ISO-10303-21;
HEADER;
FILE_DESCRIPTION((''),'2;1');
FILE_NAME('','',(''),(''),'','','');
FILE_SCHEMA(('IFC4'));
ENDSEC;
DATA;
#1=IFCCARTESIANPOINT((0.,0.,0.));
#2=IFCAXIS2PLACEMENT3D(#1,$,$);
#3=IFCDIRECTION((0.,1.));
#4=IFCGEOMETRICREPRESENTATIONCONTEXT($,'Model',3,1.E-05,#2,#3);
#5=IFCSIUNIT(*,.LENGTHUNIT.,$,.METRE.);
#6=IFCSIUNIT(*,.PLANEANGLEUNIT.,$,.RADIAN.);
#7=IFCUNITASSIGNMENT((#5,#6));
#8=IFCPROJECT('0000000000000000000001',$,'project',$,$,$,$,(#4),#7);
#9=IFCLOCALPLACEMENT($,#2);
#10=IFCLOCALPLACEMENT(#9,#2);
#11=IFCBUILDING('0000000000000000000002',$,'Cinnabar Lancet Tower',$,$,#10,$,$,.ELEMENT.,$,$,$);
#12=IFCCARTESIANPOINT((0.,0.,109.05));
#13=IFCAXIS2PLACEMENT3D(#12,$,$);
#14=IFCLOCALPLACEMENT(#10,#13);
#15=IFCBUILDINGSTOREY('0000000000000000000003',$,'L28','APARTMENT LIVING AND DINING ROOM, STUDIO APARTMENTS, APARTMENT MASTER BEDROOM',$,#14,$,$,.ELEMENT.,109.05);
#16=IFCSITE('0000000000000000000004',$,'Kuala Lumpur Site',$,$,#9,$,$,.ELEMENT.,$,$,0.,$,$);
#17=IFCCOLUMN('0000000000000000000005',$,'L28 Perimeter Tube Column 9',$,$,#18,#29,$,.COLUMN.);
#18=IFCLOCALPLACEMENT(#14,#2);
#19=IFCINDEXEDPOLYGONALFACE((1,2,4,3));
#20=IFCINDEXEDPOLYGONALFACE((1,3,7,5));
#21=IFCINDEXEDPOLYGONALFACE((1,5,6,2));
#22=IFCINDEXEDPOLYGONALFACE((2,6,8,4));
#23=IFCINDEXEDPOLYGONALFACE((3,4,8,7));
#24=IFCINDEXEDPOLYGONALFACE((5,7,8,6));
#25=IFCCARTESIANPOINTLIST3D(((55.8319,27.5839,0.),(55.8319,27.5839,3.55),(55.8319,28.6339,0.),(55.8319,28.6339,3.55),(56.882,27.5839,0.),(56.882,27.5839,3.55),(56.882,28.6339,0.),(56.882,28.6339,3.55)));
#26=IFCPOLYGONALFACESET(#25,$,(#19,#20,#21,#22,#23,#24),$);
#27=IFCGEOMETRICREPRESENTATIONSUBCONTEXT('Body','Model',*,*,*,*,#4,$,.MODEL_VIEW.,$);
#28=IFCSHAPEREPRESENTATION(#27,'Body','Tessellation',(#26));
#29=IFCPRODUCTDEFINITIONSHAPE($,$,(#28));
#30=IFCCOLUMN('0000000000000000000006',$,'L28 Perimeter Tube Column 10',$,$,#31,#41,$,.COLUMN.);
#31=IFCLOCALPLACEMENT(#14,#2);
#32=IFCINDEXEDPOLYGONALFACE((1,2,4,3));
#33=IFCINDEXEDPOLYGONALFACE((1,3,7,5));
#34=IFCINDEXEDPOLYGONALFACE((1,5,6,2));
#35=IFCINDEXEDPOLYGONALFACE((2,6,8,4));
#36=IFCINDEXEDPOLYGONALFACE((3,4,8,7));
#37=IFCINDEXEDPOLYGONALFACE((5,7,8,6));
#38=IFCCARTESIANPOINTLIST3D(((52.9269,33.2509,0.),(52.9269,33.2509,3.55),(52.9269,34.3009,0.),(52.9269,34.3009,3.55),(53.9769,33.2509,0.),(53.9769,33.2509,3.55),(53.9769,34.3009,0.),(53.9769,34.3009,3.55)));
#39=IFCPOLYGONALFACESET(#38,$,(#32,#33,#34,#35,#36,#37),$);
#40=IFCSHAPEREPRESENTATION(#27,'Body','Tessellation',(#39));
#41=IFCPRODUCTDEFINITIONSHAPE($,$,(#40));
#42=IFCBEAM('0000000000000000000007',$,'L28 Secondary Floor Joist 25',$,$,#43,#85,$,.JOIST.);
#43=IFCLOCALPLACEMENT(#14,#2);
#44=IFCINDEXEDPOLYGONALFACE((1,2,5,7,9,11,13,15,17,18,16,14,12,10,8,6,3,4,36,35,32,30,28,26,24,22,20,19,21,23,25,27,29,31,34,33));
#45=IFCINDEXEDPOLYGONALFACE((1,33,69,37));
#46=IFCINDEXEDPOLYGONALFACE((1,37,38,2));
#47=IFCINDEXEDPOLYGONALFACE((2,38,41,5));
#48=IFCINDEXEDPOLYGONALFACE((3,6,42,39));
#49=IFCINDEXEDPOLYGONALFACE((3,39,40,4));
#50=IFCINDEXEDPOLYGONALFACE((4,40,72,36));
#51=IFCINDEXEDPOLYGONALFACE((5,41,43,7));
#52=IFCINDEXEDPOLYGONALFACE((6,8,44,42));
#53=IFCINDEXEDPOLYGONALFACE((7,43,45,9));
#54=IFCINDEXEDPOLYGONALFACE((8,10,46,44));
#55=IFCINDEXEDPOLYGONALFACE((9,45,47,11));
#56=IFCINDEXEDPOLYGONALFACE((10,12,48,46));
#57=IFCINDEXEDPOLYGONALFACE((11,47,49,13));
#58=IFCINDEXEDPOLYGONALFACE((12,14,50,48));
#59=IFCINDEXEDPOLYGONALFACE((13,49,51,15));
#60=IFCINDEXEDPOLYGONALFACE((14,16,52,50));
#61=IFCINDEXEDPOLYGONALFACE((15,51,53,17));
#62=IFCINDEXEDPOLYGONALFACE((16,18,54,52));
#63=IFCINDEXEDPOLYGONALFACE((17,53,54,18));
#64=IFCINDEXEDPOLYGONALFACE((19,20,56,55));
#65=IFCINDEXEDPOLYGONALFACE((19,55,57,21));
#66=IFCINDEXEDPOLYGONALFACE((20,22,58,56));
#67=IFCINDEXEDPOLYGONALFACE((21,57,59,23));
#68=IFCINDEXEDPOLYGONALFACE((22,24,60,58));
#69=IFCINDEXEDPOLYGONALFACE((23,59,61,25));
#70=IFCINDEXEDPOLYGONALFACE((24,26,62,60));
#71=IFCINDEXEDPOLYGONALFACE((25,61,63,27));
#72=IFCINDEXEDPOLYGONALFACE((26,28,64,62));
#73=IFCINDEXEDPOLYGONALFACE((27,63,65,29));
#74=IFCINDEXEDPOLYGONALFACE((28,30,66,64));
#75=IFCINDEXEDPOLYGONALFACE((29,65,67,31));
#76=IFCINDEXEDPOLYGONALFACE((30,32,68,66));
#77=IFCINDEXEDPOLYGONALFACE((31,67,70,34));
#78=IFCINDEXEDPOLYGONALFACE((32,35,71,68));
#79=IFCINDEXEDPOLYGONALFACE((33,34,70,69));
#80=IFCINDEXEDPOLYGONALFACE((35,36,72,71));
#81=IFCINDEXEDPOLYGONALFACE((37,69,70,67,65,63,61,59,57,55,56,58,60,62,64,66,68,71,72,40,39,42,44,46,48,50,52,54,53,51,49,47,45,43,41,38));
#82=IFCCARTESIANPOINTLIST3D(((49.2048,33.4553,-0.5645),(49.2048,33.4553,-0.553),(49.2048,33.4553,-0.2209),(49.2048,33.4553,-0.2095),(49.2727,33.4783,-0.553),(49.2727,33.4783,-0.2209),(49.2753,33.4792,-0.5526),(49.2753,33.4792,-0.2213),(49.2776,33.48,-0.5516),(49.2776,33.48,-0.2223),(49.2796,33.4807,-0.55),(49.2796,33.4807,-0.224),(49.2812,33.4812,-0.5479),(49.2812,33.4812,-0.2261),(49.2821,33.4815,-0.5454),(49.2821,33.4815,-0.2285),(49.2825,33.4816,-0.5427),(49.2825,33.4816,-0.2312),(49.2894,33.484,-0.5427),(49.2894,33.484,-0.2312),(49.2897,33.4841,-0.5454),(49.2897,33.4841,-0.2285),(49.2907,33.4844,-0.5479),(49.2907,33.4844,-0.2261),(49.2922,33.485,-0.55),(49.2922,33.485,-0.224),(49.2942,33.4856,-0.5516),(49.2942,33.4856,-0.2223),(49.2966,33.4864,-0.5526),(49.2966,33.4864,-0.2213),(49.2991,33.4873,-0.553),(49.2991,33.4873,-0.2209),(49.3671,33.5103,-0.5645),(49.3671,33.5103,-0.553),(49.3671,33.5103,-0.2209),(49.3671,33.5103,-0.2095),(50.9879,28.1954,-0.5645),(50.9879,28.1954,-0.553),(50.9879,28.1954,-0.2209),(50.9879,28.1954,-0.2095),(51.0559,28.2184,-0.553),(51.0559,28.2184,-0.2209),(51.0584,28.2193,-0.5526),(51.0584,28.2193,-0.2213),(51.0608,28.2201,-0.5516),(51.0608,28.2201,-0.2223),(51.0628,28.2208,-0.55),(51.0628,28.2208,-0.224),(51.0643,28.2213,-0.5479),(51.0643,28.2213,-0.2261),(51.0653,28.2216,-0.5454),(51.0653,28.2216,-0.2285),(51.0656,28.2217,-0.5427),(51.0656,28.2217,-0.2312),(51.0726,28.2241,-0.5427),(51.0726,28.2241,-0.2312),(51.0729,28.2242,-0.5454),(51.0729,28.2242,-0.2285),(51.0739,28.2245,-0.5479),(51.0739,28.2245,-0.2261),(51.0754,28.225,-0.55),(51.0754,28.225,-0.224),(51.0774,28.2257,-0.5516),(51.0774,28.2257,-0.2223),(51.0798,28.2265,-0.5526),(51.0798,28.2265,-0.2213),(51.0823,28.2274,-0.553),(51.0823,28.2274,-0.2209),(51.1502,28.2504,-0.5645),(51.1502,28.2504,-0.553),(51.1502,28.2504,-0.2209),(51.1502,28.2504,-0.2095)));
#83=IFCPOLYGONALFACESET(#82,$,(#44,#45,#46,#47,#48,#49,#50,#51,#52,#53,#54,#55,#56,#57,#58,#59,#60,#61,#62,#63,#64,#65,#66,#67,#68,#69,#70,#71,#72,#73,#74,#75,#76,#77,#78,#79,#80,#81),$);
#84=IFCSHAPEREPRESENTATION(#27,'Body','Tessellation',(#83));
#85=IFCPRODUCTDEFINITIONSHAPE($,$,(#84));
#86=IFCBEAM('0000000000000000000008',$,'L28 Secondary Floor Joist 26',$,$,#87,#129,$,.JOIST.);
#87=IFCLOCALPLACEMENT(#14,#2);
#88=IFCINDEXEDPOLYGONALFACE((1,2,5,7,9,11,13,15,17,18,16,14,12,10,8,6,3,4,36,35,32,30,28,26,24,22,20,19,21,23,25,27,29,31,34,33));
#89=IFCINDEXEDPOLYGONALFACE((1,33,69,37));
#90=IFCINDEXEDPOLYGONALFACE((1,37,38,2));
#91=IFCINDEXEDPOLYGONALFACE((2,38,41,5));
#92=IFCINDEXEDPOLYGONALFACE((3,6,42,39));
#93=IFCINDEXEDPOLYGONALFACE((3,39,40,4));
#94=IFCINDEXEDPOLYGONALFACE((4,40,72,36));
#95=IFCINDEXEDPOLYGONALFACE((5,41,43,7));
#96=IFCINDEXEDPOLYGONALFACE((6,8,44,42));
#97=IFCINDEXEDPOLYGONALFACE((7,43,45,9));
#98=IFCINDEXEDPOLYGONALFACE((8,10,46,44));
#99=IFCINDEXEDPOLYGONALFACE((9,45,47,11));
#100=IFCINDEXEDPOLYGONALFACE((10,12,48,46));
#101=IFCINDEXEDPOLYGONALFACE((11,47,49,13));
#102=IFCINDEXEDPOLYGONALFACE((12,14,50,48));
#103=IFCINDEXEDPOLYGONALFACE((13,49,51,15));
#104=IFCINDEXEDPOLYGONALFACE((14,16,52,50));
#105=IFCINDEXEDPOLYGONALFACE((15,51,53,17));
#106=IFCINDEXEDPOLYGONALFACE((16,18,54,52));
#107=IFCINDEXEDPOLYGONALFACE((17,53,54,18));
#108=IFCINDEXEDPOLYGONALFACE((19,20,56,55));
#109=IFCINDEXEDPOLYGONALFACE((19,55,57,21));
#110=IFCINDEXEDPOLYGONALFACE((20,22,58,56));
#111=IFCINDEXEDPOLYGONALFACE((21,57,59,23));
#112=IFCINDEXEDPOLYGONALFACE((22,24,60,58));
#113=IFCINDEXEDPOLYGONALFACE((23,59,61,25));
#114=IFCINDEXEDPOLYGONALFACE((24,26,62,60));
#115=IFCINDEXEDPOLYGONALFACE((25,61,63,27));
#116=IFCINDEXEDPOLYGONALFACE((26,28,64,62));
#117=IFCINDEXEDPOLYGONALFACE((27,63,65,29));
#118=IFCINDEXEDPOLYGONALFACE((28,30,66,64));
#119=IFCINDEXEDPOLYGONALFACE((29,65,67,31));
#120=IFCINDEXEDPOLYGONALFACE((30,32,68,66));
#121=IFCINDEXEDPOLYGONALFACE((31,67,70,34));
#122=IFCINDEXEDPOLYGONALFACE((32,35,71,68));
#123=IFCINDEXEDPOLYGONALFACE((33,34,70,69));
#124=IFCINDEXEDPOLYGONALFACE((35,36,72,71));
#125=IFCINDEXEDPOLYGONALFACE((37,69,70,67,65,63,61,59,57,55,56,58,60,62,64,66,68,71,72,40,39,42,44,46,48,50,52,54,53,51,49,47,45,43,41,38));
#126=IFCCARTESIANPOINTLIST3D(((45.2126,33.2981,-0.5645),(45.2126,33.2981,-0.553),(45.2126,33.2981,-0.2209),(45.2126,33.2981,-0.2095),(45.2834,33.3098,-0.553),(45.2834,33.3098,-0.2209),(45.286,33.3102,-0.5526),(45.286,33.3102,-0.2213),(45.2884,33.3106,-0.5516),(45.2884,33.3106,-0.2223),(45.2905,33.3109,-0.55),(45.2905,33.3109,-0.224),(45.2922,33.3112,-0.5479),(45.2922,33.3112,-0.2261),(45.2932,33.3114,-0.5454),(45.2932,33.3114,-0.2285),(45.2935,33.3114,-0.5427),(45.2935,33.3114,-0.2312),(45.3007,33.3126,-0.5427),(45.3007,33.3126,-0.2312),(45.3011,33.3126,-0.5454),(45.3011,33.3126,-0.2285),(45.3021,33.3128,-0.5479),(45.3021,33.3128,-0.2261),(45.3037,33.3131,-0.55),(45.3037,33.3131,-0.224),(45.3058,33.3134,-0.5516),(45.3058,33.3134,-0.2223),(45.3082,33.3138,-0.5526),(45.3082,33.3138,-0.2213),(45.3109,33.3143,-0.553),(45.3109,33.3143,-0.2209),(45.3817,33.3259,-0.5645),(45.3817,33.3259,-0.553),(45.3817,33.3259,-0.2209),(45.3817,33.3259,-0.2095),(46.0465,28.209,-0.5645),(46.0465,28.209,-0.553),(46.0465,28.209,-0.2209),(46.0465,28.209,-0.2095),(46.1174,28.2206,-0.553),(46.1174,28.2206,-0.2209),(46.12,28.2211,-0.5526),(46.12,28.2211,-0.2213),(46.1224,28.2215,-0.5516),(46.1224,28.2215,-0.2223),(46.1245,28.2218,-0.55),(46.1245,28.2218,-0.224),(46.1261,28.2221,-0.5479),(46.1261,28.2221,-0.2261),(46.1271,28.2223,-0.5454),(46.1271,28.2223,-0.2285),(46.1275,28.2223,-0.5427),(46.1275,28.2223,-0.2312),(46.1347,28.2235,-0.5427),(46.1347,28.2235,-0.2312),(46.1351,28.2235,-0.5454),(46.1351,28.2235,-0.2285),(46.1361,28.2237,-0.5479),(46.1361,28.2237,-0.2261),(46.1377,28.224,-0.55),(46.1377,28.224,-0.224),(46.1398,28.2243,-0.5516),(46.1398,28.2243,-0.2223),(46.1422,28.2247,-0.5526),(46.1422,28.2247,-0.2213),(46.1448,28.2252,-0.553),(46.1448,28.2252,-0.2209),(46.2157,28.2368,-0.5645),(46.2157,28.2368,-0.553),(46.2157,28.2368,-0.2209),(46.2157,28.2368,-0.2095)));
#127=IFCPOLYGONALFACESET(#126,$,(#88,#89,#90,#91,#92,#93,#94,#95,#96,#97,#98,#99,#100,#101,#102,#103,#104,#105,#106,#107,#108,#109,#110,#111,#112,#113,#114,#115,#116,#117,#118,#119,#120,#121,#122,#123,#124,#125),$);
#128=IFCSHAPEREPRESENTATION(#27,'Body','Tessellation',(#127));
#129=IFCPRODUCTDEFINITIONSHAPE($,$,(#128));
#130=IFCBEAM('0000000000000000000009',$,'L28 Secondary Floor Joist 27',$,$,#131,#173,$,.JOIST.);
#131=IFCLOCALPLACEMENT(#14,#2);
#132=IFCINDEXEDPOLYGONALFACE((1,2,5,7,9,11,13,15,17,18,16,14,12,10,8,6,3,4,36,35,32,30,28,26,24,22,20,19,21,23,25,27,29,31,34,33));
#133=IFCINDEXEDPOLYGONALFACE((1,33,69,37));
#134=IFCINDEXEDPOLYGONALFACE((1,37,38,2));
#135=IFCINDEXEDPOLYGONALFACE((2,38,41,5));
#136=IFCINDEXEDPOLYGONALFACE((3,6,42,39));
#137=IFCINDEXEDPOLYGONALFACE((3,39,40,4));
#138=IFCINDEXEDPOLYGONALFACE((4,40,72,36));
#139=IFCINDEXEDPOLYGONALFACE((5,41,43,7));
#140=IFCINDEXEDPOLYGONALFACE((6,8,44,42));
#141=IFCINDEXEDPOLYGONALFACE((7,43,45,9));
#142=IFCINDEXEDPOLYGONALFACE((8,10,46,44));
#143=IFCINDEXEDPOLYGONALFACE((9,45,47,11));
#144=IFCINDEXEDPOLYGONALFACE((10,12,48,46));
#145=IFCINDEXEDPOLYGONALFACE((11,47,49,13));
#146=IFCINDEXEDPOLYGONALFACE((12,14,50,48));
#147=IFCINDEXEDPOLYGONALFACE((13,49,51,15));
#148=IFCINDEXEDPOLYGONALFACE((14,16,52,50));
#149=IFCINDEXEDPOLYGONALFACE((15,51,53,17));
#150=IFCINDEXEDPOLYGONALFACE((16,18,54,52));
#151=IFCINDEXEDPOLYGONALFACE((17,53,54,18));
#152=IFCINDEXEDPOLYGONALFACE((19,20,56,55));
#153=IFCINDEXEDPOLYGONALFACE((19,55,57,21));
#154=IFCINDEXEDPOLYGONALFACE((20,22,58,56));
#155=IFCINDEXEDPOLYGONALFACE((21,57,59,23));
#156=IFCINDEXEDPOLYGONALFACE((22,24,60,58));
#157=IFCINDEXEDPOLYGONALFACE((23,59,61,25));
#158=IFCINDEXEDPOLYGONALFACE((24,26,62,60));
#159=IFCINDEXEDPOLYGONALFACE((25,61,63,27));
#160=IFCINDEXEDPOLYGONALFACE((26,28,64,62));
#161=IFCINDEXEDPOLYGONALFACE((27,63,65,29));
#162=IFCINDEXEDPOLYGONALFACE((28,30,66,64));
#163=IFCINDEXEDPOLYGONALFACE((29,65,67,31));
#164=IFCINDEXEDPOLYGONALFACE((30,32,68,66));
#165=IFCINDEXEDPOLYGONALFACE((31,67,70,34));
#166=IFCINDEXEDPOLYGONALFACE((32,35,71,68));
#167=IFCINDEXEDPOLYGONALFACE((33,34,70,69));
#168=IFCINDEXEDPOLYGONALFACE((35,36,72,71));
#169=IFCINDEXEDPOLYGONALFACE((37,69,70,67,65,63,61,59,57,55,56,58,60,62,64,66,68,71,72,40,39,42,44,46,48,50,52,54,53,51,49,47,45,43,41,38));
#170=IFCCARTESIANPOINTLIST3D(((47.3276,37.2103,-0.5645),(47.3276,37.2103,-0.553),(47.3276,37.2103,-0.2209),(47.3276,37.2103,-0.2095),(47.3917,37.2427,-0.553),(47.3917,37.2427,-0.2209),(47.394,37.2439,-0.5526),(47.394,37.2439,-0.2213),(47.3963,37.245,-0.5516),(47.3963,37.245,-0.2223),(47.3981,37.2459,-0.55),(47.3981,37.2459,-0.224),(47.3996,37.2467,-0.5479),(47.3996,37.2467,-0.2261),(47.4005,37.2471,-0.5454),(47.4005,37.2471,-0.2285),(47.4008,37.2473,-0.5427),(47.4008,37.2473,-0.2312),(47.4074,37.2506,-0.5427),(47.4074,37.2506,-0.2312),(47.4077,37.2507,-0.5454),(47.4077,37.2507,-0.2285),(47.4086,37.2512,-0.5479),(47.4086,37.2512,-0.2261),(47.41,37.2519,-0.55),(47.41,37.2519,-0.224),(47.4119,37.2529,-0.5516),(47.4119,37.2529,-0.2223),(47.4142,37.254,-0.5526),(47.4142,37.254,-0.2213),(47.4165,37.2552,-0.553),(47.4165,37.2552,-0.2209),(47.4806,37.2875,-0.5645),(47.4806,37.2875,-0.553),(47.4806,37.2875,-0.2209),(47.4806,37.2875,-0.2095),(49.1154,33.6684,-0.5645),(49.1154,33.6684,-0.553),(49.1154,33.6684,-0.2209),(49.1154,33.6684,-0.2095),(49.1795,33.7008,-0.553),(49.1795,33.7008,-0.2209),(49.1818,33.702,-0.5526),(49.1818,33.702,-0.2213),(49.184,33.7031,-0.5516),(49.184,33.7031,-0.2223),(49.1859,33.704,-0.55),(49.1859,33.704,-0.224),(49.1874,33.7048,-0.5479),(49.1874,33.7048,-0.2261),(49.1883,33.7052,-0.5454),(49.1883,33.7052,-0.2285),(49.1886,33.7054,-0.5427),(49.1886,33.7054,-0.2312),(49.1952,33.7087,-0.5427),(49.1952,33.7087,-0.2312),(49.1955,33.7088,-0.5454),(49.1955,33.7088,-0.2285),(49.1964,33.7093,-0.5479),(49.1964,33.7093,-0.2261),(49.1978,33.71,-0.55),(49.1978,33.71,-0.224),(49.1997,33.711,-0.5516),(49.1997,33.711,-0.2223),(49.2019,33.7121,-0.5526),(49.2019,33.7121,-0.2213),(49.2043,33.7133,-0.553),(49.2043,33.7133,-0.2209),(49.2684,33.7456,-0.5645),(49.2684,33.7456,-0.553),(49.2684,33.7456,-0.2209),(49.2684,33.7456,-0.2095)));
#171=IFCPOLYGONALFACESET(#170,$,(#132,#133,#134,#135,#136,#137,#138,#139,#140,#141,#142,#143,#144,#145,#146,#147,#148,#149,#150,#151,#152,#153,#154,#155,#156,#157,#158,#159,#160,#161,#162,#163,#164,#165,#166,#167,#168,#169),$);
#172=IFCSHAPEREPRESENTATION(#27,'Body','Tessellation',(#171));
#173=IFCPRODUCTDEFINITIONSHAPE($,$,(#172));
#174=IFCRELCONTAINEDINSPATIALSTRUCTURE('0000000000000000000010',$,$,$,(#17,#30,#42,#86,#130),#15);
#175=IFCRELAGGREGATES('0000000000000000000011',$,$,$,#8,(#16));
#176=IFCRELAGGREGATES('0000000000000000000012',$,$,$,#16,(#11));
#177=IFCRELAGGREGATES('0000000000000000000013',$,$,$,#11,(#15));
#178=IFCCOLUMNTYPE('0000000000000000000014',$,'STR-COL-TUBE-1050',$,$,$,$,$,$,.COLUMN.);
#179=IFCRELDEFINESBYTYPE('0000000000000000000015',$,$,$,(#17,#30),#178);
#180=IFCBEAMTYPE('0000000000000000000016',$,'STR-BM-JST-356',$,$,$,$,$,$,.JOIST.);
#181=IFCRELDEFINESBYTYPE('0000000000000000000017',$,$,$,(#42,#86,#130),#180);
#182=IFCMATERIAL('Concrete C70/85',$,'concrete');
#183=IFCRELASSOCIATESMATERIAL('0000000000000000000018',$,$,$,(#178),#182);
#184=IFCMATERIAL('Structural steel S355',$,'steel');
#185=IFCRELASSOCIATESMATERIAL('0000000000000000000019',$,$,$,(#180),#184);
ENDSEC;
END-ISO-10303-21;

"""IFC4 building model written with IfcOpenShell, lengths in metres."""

from ifc_helpers import new_model, si_unit, direction, frame, origin, origin_2d, place, context, subcontext, project, spatial, rectangle, i_section, extrude, material, material_profile, profile_set, type_object, element, save


model = new_model("IFC4")

# Units and contexts
model_context = context("Model", 3, precision=1e-05, world=origin(), true_north=direction((0.0, 1.0)))
body_context = subcontext(model_context, "Body", "Model", "MODEL_VIEW")
ifc_project = project(units=[si_unit("LENGTHUNIT", "METRE"), si_unit("PLANEANGLEUNIT", "RADIAN")], contexts=[model_context])

# Site, building, storey
site_placement = place(None, origin())
site = spatial("IfcSite", under=ifc_project, at=site_placement, Name="Kuala Lumpur Site", CompositionType="ELEMENT", RefElevation=0.0)
building_placement = place(site_placement, origin())
building = spatial("IfcBuilding", under=site, at=building_placement, Name="Cinnabar Lancet Tower", CompositionType="ELEMENT")
storey_placement = place(building_placement, frame((0.0, 0.0, 109.05)))
storey = spatial("IfcBuildingStorey", under=building, at=storey_placement, Name="L28", Description="APARTMENT LIVING AND DINING ROOM, STUDIO APARTMENTS, APARTMENT MASTER BEDROOM", CompositionType="ELEMENT", Elevation=109.05)

# Columns
ifc_material_1 = material(Name="Concrete C70/85", Category="concrete")
ifc_material_profile_1 = material_profile(ifc_material_1, rectangle(XDim=1.05, YDim=1.05, at=origin_2d()), Name="RC-COL 1050x1050")
ifc_profile_set_1 = profile_set([ifc_material_profile_1], Name="Concrete C70/85")
column_type = type_object("IfcColumnType", Name="STR-COL-TUBE-1050", PredefinedType="COLUMN", material=ifc_profile_set_1)
for number, where, z_axis, x_axis, name in (
    (1, (56.3569, 28.1089, 0.0), (0.0, 0.0, 1.0), (1.0, 0.0, 0.0), "L28 Perimeter Tube Column 9"),
    (2, (53.4519, 33.7759, 0.0), (0.0, 0.0, 1.0), (1.0, 0.0, 0.0), "L28 Perimeter Tube Column 10"),
):
    element("IfcColumn", number, at=place(storey_placement, frame(where, z_axis=z_axis, x_axis=x_axis)), inside=storey, type_object=column_type, Name=name, PredefinedType="COLUMN", context=body_context, shape_type="SweptSolid", body=[
        extrude(rectangle(XDim=1.05, YDim=1.05, at=origin_2d()), origin(), (0.0, 0.0, 1.0), 3.55),
    ])

# Beams
ifc_material_2 = material(Name="Structural steel S355", Category="steel")
ifc_material_profile_2 = material_profile(ifc_material_2, i_section(OverallWidth=0.1714, OverallDepth=0.355, WebThickness=0.0073, FlangeThickness=0.0115, FilletRadius=0.0103, at=origin_2d()), Name="UKB 356x171x51")
ifc_profile_set_2 = profile_set([ifc_material_profile_2], Name="Structural steel S355")
beam_type_1 = type_object("IfcBeamType", Name="STR-BM-JST-356", PredefinedType="JOIST", material=ifc_profile_set_2)
beam_1_placement = place(storey_placement, frame((51.0691, 28.2229, -0.387), z_axis=(-0.321063, 0.947058, 0.0), x_axis=(-0.947058, -0.321063, 0.0)))
element("IfcBeam", 3, at=beam_1_placement, inside=storey, type_object=beam_type_1, Name="L28 Secondary Floor Joist 25", PredefinedType="JOIST", context=body_context, shape_type="SweptSolid", body=[
    extrude(i_section(OverallWidth=0.1714, OverallDepth=0.355, WebThickness=0.0073, FlangeThickness=0.0115, FilletRadius=0.0103, at=origin_2d()), origin(), (0.0, 0.0, 1.0), 5.554),
])
beam_2_placement = place(storey_placement, frame((46.1311, 28.2229, -0.387), z_axis=(-0.161719, 0.986837, 0.0), x_axis=(-0.986837, -0.161719, 0.0)))
element("IfcBeam", 4, at=beam_2_placement, inside=storey, type_object=beam_type_1, Name="L28 Secondary Floor Joist 26", PredefinedType="JOIST", context=body_context, shape_type="SweptSolid", body=[
    extrude(i_section(OverallWidth=0.1714, OverallDepth=0.355, WebThickness=0.0073, FlangeThickness=0.0115, FilletRadius=0.0103, at=origin_2d()), origin(), (0.0, 0.0, 1.0), 5.157),
])
beam_3_placement = place(storey_placement, frame((49.1919, 33.707, -0.387), z_axis=(-0.450607, 0.892722, 0.0), x_axis=(-0.892722, -0.450607, 0.0)))
element("IfcBeam", 5, at=beam_3_placement, inside=storey, type_object=beam_type_1, Name="L28 Secondary Floor Joist 27", PredefinedType="JOIST", context=body_context, shape_type="SweptSolid", body=[
    extrude(i_section(OverallWidth=0.1714, OverallDepth=0.355, WebThickness=0.0073, FlangeThickness=0.0115, FilletRadius=0.0103, at=origin_2d()), origin(), (0.0, 0.0, 1.0), 3.9675),
])

save(model, "model.ifc")
